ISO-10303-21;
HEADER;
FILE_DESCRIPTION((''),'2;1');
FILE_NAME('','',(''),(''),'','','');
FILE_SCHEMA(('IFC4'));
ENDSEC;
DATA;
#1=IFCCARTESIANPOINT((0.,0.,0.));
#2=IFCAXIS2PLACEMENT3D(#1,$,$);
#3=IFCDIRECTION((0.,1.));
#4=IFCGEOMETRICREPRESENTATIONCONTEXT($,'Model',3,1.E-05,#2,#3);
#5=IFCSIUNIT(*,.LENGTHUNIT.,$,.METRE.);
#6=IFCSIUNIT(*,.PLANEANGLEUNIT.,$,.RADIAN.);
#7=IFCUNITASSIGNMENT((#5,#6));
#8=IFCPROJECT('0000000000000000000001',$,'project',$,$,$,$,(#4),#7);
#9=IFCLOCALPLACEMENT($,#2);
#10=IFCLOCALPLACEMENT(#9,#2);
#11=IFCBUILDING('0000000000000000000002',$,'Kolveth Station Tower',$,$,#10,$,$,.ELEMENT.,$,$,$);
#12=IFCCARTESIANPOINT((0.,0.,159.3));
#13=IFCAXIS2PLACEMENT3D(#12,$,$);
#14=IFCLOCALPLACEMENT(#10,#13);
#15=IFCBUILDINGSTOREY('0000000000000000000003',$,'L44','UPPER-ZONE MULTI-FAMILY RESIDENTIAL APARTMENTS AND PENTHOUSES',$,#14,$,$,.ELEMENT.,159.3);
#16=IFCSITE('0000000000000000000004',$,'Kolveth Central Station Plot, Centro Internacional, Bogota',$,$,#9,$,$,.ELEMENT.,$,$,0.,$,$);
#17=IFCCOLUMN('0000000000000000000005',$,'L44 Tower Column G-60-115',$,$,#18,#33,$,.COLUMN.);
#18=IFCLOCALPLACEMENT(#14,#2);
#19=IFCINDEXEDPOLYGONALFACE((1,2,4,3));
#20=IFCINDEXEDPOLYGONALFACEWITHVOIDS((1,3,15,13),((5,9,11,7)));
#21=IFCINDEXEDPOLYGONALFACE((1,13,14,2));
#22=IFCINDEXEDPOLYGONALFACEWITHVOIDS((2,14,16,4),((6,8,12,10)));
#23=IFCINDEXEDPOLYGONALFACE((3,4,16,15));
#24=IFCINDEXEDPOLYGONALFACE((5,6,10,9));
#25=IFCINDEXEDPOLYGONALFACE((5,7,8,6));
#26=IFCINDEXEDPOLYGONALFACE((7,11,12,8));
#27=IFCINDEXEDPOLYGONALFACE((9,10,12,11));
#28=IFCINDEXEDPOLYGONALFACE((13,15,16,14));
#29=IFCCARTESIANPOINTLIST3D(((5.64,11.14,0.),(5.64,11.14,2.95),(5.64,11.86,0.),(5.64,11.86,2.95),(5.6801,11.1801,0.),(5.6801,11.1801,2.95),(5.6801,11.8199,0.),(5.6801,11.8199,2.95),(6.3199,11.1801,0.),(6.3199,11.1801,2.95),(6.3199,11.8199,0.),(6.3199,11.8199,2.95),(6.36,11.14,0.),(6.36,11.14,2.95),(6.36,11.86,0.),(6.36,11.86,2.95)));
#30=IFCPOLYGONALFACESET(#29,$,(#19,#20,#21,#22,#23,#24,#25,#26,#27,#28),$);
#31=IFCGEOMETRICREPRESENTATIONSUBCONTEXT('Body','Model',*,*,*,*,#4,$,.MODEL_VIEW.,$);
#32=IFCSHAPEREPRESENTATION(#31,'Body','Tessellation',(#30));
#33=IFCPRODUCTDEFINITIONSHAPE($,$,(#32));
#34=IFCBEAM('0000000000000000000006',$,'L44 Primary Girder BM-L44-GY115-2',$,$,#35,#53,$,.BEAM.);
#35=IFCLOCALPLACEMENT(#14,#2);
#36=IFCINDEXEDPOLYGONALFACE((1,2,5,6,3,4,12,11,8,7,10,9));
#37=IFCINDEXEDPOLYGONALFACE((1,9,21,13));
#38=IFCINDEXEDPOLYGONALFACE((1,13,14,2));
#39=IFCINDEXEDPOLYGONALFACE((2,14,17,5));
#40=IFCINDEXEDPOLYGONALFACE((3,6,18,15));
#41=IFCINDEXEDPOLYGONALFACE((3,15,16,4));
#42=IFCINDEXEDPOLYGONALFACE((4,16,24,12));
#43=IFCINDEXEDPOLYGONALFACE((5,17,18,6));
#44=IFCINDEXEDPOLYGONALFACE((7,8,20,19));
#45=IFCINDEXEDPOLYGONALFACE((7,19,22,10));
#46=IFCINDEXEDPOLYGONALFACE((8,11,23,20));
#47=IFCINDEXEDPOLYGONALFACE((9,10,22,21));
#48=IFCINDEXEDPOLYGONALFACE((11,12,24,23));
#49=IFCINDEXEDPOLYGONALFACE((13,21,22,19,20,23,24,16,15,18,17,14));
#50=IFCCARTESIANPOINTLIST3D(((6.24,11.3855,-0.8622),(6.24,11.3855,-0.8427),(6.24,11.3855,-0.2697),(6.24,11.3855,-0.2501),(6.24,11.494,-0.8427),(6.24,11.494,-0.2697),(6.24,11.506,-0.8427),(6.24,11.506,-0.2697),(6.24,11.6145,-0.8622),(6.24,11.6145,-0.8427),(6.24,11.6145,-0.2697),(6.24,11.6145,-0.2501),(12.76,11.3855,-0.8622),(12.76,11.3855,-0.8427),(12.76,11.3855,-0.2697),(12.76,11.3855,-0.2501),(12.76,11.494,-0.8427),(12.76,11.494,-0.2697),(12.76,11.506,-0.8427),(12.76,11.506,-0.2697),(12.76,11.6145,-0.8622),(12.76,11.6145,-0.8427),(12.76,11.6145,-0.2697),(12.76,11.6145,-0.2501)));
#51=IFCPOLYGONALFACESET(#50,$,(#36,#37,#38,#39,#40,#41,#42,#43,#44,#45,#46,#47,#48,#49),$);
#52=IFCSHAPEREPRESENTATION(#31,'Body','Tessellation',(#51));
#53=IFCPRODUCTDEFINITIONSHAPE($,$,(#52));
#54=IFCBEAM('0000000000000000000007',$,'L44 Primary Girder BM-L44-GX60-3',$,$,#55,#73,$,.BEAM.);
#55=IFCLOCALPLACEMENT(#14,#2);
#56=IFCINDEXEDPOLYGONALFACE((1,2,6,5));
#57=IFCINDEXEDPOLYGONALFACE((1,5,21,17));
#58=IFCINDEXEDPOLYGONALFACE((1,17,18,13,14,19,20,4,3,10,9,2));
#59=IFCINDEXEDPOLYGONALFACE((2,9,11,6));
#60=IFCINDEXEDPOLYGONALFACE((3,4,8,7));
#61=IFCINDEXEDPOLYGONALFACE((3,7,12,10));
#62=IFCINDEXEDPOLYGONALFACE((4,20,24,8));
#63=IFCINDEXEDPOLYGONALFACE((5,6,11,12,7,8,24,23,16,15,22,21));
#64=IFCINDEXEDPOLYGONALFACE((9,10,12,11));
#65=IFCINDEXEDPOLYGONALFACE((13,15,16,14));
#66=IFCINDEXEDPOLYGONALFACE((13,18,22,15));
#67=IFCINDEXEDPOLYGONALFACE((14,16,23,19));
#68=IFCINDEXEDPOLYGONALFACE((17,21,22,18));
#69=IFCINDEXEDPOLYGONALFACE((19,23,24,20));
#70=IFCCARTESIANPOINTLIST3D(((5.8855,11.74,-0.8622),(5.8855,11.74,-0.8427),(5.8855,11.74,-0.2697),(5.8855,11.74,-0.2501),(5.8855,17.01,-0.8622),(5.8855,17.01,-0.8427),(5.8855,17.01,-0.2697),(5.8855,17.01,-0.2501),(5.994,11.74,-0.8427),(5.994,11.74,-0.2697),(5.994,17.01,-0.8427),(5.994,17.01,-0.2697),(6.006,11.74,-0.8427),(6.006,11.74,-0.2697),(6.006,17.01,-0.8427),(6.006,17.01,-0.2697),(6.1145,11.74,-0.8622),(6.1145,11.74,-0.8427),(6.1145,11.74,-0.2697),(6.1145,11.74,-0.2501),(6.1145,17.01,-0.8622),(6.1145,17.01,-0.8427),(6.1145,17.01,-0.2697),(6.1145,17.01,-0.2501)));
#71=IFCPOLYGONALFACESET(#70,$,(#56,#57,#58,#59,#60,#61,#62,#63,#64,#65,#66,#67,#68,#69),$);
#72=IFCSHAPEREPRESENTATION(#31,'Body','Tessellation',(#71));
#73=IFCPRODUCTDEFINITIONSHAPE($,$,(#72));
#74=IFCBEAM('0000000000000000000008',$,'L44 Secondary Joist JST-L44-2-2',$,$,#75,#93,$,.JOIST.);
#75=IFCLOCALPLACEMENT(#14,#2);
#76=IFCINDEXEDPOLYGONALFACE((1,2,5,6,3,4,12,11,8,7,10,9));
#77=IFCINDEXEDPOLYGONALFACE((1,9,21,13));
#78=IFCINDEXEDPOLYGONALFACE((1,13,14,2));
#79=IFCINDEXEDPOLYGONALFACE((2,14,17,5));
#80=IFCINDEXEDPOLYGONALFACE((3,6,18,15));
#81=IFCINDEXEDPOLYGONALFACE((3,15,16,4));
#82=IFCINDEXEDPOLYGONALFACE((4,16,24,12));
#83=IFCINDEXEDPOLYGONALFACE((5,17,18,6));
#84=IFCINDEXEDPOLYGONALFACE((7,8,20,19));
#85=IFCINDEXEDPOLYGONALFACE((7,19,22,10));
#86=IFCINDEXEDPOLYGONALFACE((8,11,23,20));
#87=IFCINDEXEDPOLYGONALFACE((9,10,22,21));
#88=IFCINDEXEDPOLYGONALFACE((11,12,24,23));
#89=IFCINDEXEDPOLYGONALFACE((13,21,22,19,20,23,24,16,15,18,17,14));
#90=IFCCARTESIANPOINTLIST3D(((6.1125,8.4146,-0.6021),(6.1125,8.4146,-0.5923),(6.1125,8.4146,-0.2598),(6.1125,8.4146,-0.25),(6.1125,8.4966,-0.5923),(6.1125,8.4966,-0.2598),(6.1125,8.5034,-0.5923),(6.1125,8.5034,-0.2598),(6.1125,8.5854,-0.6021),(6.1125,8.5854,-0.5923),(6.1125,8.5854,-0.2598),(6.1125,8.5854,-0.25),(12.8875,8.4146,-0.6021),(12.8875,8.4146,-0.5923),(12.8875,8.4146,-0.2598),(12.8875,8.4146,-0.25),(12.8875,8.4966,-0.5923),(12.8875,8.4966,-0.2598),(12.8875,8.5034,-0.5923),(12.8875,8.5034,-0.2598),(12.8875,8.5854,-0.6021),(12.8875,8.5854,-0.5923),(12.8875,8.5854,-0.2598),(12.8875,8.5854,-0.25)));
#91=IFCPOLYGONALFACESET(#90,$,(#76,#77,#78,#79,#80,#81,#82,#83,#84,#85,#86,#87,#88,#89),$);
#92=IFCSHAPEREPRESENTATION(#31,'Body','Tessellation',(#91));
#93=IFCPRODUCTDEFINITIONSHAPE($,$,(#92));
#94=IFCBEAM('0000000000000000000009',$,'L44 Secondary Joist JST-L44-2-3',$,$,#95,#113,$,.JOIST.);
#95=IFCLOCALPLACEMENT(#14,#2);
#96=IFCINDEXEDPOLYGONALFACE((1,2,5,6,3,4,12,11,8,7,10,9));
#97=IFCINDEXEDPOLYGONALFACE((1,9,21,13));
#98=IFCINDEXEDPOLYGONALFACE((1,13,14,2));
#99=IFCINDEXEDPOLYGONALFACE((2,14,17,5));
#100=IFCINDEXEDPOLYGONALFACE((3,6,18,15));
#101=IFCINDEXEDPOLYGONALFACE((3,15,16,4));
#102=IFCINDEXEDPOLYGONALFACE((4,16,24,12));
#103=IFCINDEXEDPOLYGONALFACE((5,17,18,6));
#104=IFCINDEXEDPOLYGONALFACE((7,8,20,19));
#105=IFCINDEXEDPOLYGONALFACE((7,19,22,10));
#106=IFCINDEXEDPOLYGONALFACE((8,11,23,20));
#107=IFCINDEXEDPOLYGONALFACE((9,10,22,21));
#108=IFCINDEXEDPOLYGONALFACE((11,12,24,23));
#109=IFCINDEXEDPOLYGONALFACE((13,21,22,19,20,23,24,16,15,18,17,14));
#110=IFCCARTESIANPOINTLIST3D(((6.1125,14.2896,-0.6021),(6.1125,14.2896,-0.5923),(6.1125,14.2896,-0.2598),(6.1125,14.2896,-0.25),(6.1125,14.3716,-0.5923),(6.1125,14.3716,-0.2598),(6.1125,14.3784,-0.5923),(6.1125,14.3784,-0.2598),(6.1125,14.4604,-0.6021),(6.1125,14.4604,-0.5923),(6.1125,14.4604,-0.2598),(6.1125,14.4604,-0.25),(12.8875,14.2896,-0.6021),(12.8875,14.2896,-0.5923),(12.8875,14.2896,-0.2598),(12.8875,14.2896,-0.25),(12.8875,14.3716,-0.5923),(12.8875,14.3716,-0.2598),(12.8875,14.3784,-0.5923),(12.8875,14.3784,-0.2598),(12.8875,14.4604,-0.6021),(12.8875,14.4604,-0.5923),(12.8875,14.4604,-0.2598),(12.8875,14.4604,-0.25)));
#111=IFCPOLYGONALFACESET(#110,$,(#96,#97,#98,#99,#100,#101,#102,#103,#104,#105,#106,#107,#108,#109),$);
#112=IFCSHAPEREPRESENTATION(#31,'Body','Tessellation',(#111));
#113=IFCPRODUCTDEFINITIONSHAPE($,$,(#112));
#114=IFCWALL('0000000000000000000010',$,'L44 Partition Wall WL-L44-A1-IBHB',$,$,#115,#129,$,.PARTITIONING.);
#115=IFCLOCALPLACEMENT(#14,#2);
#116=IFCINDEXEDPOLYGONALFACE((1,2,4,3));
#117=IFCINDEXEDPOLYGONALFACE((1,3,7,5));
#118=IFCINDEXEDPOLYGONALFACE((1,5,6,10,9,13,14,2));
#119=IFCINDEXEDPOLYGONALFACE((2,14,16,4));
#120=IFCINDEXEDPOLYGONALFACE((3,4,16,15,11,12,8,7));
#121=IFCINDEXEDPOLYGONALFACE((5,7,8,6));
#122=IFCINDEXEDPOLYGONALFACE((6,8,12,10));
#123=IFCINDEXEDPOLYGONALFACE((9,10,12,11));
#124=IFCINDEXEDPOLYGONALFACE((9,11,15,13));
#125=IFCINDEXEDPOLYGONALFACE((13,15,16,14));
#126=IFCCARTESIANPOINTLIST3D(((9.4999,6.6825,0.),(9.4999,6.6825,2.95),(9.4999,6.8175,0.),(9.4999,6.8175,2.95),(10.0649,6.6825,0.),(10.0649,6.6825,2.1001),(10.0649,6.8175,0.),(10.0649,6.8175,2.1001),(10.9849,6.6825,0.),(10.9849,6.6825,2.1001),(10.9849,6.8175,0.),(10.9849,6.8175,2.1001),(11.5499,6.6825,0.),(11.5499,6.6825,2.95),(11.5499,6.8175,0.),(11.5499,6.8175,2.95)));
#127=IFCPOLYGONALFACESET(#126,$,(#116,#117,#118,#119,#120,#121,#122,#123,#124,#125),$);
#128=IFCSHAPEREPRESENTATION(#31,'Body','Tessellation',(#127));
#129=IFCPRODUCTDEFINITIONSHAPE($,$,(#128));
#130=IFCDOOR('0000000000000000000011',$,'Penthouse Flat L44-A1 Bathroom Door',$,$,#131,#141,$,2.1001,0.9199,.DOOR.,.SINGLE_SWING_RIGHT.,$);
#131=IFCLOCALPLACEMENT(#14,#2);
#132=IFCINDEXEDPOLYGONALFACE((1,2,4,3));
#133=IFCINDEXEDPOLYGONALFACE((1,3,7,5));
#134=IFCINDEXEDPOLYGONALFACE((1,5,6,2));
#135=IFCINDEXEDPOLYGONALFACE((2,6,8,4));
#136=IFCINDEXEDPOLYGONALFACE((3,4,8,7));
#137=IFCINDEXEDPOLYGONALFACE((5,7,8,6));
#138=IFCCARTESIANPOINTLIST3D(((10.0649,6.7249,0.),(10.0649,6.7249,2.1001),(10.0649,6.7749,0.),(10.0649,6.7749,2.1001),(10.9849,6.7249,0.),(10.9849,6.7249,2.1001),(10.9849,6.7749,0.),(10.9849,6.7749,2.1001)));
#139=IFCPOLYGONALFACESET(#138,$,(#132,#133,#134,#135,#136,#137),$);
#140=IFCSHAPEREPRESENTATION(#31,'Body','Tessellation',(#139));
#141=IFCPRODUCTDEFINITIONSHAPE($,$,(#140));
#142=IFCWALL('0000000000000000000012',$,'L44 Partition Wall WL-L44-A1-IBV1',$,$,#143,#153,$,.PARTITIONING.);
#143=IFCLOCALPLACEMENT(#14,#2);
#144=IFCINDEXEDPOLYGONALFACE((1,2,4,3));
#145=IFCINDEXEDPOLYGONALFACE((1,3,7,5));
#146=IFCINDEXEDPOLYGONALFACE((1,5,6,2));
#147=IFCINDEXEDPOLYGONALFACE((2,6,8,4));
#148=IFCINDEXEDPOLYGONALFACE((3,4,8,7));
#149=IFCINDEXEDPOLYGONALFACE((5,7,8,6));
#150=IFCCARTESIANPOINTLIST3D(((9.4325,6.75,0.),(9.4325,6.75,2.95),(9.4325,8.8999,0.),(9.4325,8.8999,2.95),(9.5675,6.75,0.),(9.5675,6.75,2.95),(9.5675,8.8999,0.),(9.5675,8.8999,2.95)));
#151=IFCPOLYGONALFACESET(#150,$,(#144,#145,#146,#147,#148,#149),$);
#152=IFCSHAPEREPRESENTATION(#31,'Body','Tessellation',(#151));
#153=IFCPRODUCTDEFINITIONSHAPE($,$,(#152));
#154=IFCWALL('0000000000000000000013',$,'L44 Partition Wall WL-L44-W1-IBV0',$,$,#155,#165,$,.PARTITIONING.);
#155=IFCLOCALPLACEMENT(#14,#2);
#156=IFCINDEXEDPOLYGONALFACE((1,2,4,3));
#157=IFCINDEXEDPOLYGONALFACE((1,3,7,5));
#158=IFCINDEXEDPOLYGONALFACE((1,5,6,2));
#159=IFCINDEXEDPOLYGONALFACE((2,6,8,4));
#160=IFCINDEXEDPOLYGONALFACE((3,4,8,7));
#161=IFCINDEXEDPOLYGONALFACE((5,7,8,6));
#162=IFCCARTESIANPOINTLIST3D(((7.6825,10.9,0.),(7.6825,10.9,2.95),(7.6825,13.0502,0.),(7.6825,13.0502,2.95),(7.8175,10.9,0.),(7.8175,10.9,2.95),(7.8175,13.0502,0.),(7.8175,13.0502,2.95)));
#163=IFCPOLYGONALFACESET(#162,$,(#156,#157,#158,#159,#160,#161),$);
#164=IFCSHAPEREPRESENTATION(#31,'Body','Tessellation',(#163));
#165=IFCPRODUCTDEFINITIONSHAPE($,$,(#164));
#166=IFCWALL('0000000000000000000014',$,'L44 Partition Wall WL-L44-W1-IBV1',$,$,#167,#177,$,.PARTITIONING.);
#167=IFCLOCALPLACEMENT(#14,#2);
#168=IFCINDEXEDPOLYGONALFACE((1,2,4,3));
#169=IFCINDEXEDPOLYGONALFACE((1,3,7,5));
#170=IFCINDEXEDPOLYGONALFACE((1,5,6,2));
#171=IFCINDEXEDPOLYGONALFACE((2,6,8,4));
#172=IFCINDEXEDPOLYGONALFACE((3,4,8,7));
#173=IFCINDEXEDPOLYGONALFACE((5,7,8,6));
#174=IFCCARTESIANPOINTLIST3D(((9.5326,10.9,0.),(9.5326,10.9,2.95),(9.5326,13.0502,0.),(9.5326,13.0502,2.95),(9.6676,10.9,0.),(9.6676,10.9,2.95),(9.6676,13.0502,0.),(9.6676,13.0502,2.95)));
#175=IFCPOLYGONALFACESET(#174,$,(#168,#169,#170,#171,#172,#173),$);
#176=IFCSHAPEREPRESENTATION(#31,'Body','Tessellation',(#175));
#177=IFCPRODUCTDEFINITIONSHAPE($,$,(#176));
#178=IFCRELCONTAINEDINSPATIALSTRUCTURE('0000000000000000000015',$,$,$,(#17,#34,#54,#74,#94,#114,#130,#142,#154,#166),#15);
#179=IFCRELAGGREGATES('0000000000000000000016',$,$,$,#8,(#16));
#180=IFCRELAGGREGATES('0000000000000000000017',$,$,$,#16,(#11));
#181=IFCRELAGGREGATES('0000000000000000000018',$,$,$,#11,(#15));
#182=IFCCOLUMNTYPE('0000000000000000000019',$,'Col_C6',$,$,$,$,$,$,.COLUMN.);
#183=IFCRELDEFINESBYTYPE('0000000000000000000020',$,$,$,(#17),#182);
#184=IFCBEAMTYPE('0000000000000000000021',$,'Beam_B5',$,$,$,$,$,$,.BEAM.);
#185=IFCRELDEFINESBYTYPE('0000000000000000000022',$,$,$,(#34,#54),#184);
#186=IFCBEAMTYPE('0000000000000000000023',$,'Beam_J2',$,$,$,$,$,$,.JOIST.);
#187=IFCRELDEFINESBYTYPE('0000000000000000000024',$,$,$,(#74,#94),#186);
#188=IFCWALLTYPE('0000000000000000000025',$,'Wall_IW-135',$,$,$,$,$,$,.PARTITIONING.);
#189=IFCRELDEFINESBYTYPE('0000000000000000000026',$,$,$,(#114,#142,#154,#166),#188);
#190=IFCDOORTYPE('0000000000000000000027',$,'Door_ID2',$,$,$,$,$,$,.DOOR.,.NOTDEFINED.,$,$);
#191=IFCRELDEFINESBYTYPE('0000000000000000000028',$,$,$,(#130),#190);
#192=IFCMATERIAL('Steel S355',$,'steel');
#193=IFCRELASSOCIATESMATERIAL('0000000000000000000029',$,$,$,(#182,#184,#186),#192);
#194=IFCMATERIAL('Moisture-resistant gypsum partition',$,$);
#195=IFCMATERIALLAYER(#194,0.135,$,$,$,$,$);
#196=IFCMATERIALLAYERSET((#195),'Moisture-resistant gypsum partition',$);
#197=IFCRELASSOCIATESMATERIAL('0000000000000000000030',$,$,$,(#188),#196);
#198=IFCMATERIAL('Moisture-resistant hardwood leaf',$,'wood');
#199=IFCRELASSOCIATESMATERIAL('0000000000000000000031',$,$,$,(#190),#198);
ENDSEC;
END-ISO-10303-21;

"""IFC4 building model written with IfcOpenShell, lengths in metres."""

from ifc_helpers import new_model, si_unit, direction, frame, frame_2d, origin, origin_2d, place, context, subcontext, project, spatial, rectangle, hollow_rectangle, i_section, extrude, source, transform, mapped, material, layer, layer_set, material_profile, profile_set, type_object, element, fill, save


model = new_model("IFC4")

# Units and contexts
model_context = context("Model", 3, precision=1e-05, world=origin(), true_north=direction((0.0, 1.0)))
body_context = subcontext(model_context, "Body", "Model", "MODEL_VIEW")
ifc_project = project(units=[si_unit("LENGTHUNIT", "METRE"), si_unit("PLANEANGLEUNIT", "RADIAN")], contexts=[model_context])

# Site, building, storey
site_placement = place(None, origin())
site = spatial("IfcSite", under=ifc_project, at=site_placement, Name="Kolveth Central Station Plot, Centro Internacional, Bogota", CompositionType="ELEMENT", RefElevation=0.0)
building_placement = place(site_placement, origin())
building = spatial("IfcBuilding", under=site, at=building_placement, Name="Kolveth Station Tower", CompositionType="ELEMENT")
storey_placement = place(building_placement, frame((0.0, 0.0, 159.3)))
storey = spatial("IfcBuildingStorey", under=building, at=storey_placement, Name="L44", Description="UPPER-ZONE MULTI-FAMILY RESIDENTIAL APARTMENTS AND PENTHOUSES", CompositionType="ELEMENT", Elevation=159.3)

# Column
ifc_material_1 = material(Name="Steel S355", Category="steel")
ifc_material_profile_1 = material_profile(ifc_material_1, hollow_rectangle(XDim=0.72, YDim=0.72, WallThickness=0.04, at=origin_2d()), Name="BOX720x720x40")
ifc_profile_set_1 = profile_set([ifc_material_profile_1], Name="Steel S355")
column_type = type_object("IfcColumnType", Name="Col_C6", PredefinedType="COLUMN", material=ifc_profile_set_1)
shared_shape_1 = source(origin(), body_context, "Body", "SweptSolid", [
    extrude(hollow_rectangle(XDim=0.72, YDim=0.72, WallThickness=0.04, at=origin_2d()), origin(), (0.0, 0.0, 1.0), 2.95),
])
column_placement = place(storey_placement, frame((6.0, 11.5, 0.0), z_axis=(0.0, 0.0, 1.0), x_axis=(1.0, 0.0, 0.0)))
element("IfcColumn", 1, at=column_placement, inside=storey, type_object=column_type, Name="L44 Tower Column G-60-115", PredefinedType="COLUMN", context=body_context, shape_type="MappedRepresentation", body=[
    mapped(shared_shape_1, transform((0.0, 0.0, 0.0), x_axis=(1.0, 0.0, 0.0), y_axis=(0.0, 1.0, 0.0), z_axis=(0.0, 0.0, 1.0), scale=1.0)),
])

# Beams
ifc_material_profile_2 = material_profile(ifc_material_1, i_section(OverallWidth=0.229, OverallDepth=0.6121, WebThickness=0.012, FlangeThickness=0.0195, at=origin_2d()), Name="W610x125")
ifc_profile_set_2 = profile_set([ifc_material_profile_2], Name="Steel S355")
beam_type_1 = type_object("IfcBeamType", Name="Beam_B5", PredefinedType="BEAM", material=ifc_profile_set_2)
shared_shape_2 = source(origin(), body_context, "Body", "SweptSolid", [
    extrude(i_section(OverallWidth=0.229, OverallDepth=0.6121, WebThickness=0.012, FlangeThickness=0.0195, at=origin_2d()), origin(), (0.0, 0.0, 1.0), 6.52),
])
beam_1_placement = place(storey_placement, frame((6.24, 11.5, -0.5562), z_axis=(1.0, 0.0, 0.0), x_axis=(0.0, 1.0, 0.0)))
element("IfcBeam", 2, at=beam_1_placement, inside=storey, type_object=beam_type_1, Name="L44 Primary Girder BM-L44-GY115-2", PredefinedType="BEAM", context=body_context, shape_type="MappedRepresentation", body=[
    mapped(shared_shape_2, transform((0.0, 0.0, 0.0), x_axis=(1.0, 0.0, 0.0), y_axis=(0.0, 1.0, 0.0), z_axis=(0.0, 0.0, 1.0), scale=1.0)),
])
shared_shape_3 = source(origin(), body_context, "Body", "SweptSolid", [
    extrude(i_section(OverallWidth=0.229, OverallDepth=0.6121, WebThickness=0.012, FlangeThickness=0.0195, at=origin_2d()), origin(), (0.0, 0.0, 1.0), 5.27),
])
beam_2_placement = place(storey_placement, frame((6.0, 11.74, -0.5562), z_axis=(0.0, 1.0, 0.0), x_axis=(-1.0, 0.0, 0.0)))
element("IfcBeam", 3, at=beam_2_placement, inside=storey, type_object=beam_type_1, Name="L44 Primary Girder BM-L44-GX60-3", PredefinedType="BEAM", context=body_context, shape_type="MappedRepresentation", body=[
    mapped(shared_shape_3, transform((0.0, 0.0, 0.0), x_axis=(1.0, 0.0, 0.0), y_axis=(0.0, 1.0, 0.0), z_axis=(0.0, 0.0, 1.0), scale=1.0)),
])
ifc_material_profile_3 = material_profile(ifc_material_1, i_section(OverallWidth=0.1709, OverallDepth=0.3521, WebThickness=0.0068, FlangeThickness=0.0098, at=origin_2d()), Name="W360x44")
ifc_profile_set_3 = profile_set([ifc_material_profile_3], Name="Steel S355")
beam_type_2 = type_object("IfcBeamType", Name="Beam_J2", PredefinedType="JOIST", material=ifc_profile_set_3)
shared_shape_4 = source(origin(), body_context, "Body", "SweptSolid", [
    extrude(i_section(OverallWidth=0.1709, OverallDepth=0.3521, WebThickness=0.0068, FlangeThickness=0.0098, at=origin_2d()), origin(), (0.0, 0.0, 1.0), 6.7749),
])
for number, where, z_axis, x_axis, name in (
    (4, (6.1125, 8.5, -0.426), (1.0, 0.0, 0.0), (0.0, 1.0, 0.0), "L44 Secondary Joist JST-L44-2-2"),
    (5, (6.1125, 14.375, -0.426), (1.0, 0.0, 0.0), (0.0, 1.0, 0.0), "L44 Secondary Joist JST-L44-2-3"),
):
    element("IfcBeam", number, at=place(storey_placement, frame(where, z_axis=z_axis, x_axis=x_axis)), inside=storey, type_object=beam_type_2, Name=name, PredefinedType="JOIST", context=body_context, shape_type="MappedRepresentation", body=[
        mapped(shared_shape_4, transform((0.0, 0.0, 0.0), x_axis=(1.0, 0.0, 0.0), y_axis=(0.0, 1.0, 0.0), z_axis=(0.0, 0.0, 1.0), scale=1.0)),
    ])

# Wall, opening, door
ifc_material_2 = material(Name="Moisture-resistant gypsum partition")
ifc_layer_1 = layer(ifc_material_2, 0.135)
ifc_layer_set_1 = layer_set([ifc_layer_1], Name="Moisture-resistant gypsum partition")
wall_type_1 = type_object("IfcWallType", Name="Wall_IW-135", PredefinedType="PARTITIONING", material=ifc_layer_set_1)
wall_1_placement = place(storey_placement, frame((9.5, 6.75, 0.0), z_axis=(0.0, 0.0, 1.0), x_axis=(1.0, 0.0, 0.0)))
wall_1 = element("IfcWall", 6, at=wall_1_placement, inside=storey, type_object=wall_type_1, Name="L44 Partition Wall WL-L44-A1-IBHB", PredefinedType="PARTITIONING", context=body_context, shape_type="SweptSolid", body=[
    extrude(rectangle(XDim=2.05, YDim=0.135, at=frame_2d((1.0249, 0.0))), origin(), (0.0, 0.0, 1.0), 2.95),
])
opening_1_placement = place(wall_1_placement, frame((0.5649, 0.0, 0.0)))
opening_1 = element("IfcOpeningElement", 7, at=opening_1_placement, cuts=wall_1, PredefinedType="OPENING", context=body_context, shape_type="SweptSolid", body=[
    extrude(rectangle(XDim=0.9199, YDim=2.1001, at=frame_2d((0.46, 1.05))), frame((0.0, 0.0774, 0.0), z_axis=(0.0, -1.0, 0.0), x_axis=(1.0, 0.0, 0.0)), (0.0, 0.0, 1.0), 0.155),
])
ifc_material_3 = material(Name="Moisture-resistant hardwood leaf", Category="wood")
door_type_1 = type_object("IfcDoorType", Name="Door_ID2", OperationType="NOTDEFINED", PredefinedType="DOOR", material=ifc_material_3)
door_1_placement = place(opening_1_placement, origin())
door_1 = element("IfcDoor", 8, at=door_1_placement, inside=storey, type_object=door_type_1, Name="Penthouse Flat L44-A1 Bathroom Door", OperationType="SINGLE_SWING_RIGHT", OverallHeight=2.1001, OverallWidth=0.9199, PredefinedType="DOOR", context=body_context, shape_type="SweptSolid", body=[
    extrude(rectangle(XDim=0.9199, YDim=2.1001, at=frame_2d((0.46, 1.05))), frame((0.0, 0.0249, 0.0), z_axis=(0.0, -1.0, 0.0), x_axis=(1.0, 0.0, 0.0)), (0.0, 0.0, 1.0), 0.05),
])
fill(opening_1, door_1)

# Wall
wall_2_placement = place(storey_placement, frame((9.5, 6.75, 0.0), z_axis=(0.0, 0.0, 1.0), x_axis=(0.0, 1.0, 0.0)))
element("IfcWall", 9, at=wall_2_placement, inside=storey, type_object=wall_type_1, Name="L44 Partition Wall WL-L44-A1-IBV1", PredefinedType="PARTITIONING", context=body_context, shape_type="SweptSolid", body=[
    extrude(rectangle(XDim=2.1499, YDim=0.135, at=frame_2d((1.075, 0.0))), origin(), (0.0, 0.0, 1.0), 2.95),
])

# Walls
for number, where, z_axis, x_axis, name in (
    (10, (7.75, 10.8999, 0.0), (0.0, 0.0, 1.0), (0.0, 1.0, 0.0), "L44 Partition Wall WL-L44-W1-IBV0"),
    (11, (9.6001, 10.8999, 0.0), (0.0, 0.0, 1.0), (0.0, 1.0, 0.0), "L44 Partition Wall WL-L44-W1-IBV1"),
):
    element("IfcWall", number, at=place(storey_placement, frame(where, z_axis=z_axis, x_axis=x_axis)), inside=storey, type_object=wall_type_1, Name=name, PredefinedType="PARTITIONING", context=body_context, shape_type="SweptSolid", body=[
        extrude(rectangle(XDim=2.1501, YDim=0.135, at=frame_2d((1.0752, 0.0))), origin(), (0.0, 0.0, 1.0), 2.95),
    ])

save(model, "model.ifc")
